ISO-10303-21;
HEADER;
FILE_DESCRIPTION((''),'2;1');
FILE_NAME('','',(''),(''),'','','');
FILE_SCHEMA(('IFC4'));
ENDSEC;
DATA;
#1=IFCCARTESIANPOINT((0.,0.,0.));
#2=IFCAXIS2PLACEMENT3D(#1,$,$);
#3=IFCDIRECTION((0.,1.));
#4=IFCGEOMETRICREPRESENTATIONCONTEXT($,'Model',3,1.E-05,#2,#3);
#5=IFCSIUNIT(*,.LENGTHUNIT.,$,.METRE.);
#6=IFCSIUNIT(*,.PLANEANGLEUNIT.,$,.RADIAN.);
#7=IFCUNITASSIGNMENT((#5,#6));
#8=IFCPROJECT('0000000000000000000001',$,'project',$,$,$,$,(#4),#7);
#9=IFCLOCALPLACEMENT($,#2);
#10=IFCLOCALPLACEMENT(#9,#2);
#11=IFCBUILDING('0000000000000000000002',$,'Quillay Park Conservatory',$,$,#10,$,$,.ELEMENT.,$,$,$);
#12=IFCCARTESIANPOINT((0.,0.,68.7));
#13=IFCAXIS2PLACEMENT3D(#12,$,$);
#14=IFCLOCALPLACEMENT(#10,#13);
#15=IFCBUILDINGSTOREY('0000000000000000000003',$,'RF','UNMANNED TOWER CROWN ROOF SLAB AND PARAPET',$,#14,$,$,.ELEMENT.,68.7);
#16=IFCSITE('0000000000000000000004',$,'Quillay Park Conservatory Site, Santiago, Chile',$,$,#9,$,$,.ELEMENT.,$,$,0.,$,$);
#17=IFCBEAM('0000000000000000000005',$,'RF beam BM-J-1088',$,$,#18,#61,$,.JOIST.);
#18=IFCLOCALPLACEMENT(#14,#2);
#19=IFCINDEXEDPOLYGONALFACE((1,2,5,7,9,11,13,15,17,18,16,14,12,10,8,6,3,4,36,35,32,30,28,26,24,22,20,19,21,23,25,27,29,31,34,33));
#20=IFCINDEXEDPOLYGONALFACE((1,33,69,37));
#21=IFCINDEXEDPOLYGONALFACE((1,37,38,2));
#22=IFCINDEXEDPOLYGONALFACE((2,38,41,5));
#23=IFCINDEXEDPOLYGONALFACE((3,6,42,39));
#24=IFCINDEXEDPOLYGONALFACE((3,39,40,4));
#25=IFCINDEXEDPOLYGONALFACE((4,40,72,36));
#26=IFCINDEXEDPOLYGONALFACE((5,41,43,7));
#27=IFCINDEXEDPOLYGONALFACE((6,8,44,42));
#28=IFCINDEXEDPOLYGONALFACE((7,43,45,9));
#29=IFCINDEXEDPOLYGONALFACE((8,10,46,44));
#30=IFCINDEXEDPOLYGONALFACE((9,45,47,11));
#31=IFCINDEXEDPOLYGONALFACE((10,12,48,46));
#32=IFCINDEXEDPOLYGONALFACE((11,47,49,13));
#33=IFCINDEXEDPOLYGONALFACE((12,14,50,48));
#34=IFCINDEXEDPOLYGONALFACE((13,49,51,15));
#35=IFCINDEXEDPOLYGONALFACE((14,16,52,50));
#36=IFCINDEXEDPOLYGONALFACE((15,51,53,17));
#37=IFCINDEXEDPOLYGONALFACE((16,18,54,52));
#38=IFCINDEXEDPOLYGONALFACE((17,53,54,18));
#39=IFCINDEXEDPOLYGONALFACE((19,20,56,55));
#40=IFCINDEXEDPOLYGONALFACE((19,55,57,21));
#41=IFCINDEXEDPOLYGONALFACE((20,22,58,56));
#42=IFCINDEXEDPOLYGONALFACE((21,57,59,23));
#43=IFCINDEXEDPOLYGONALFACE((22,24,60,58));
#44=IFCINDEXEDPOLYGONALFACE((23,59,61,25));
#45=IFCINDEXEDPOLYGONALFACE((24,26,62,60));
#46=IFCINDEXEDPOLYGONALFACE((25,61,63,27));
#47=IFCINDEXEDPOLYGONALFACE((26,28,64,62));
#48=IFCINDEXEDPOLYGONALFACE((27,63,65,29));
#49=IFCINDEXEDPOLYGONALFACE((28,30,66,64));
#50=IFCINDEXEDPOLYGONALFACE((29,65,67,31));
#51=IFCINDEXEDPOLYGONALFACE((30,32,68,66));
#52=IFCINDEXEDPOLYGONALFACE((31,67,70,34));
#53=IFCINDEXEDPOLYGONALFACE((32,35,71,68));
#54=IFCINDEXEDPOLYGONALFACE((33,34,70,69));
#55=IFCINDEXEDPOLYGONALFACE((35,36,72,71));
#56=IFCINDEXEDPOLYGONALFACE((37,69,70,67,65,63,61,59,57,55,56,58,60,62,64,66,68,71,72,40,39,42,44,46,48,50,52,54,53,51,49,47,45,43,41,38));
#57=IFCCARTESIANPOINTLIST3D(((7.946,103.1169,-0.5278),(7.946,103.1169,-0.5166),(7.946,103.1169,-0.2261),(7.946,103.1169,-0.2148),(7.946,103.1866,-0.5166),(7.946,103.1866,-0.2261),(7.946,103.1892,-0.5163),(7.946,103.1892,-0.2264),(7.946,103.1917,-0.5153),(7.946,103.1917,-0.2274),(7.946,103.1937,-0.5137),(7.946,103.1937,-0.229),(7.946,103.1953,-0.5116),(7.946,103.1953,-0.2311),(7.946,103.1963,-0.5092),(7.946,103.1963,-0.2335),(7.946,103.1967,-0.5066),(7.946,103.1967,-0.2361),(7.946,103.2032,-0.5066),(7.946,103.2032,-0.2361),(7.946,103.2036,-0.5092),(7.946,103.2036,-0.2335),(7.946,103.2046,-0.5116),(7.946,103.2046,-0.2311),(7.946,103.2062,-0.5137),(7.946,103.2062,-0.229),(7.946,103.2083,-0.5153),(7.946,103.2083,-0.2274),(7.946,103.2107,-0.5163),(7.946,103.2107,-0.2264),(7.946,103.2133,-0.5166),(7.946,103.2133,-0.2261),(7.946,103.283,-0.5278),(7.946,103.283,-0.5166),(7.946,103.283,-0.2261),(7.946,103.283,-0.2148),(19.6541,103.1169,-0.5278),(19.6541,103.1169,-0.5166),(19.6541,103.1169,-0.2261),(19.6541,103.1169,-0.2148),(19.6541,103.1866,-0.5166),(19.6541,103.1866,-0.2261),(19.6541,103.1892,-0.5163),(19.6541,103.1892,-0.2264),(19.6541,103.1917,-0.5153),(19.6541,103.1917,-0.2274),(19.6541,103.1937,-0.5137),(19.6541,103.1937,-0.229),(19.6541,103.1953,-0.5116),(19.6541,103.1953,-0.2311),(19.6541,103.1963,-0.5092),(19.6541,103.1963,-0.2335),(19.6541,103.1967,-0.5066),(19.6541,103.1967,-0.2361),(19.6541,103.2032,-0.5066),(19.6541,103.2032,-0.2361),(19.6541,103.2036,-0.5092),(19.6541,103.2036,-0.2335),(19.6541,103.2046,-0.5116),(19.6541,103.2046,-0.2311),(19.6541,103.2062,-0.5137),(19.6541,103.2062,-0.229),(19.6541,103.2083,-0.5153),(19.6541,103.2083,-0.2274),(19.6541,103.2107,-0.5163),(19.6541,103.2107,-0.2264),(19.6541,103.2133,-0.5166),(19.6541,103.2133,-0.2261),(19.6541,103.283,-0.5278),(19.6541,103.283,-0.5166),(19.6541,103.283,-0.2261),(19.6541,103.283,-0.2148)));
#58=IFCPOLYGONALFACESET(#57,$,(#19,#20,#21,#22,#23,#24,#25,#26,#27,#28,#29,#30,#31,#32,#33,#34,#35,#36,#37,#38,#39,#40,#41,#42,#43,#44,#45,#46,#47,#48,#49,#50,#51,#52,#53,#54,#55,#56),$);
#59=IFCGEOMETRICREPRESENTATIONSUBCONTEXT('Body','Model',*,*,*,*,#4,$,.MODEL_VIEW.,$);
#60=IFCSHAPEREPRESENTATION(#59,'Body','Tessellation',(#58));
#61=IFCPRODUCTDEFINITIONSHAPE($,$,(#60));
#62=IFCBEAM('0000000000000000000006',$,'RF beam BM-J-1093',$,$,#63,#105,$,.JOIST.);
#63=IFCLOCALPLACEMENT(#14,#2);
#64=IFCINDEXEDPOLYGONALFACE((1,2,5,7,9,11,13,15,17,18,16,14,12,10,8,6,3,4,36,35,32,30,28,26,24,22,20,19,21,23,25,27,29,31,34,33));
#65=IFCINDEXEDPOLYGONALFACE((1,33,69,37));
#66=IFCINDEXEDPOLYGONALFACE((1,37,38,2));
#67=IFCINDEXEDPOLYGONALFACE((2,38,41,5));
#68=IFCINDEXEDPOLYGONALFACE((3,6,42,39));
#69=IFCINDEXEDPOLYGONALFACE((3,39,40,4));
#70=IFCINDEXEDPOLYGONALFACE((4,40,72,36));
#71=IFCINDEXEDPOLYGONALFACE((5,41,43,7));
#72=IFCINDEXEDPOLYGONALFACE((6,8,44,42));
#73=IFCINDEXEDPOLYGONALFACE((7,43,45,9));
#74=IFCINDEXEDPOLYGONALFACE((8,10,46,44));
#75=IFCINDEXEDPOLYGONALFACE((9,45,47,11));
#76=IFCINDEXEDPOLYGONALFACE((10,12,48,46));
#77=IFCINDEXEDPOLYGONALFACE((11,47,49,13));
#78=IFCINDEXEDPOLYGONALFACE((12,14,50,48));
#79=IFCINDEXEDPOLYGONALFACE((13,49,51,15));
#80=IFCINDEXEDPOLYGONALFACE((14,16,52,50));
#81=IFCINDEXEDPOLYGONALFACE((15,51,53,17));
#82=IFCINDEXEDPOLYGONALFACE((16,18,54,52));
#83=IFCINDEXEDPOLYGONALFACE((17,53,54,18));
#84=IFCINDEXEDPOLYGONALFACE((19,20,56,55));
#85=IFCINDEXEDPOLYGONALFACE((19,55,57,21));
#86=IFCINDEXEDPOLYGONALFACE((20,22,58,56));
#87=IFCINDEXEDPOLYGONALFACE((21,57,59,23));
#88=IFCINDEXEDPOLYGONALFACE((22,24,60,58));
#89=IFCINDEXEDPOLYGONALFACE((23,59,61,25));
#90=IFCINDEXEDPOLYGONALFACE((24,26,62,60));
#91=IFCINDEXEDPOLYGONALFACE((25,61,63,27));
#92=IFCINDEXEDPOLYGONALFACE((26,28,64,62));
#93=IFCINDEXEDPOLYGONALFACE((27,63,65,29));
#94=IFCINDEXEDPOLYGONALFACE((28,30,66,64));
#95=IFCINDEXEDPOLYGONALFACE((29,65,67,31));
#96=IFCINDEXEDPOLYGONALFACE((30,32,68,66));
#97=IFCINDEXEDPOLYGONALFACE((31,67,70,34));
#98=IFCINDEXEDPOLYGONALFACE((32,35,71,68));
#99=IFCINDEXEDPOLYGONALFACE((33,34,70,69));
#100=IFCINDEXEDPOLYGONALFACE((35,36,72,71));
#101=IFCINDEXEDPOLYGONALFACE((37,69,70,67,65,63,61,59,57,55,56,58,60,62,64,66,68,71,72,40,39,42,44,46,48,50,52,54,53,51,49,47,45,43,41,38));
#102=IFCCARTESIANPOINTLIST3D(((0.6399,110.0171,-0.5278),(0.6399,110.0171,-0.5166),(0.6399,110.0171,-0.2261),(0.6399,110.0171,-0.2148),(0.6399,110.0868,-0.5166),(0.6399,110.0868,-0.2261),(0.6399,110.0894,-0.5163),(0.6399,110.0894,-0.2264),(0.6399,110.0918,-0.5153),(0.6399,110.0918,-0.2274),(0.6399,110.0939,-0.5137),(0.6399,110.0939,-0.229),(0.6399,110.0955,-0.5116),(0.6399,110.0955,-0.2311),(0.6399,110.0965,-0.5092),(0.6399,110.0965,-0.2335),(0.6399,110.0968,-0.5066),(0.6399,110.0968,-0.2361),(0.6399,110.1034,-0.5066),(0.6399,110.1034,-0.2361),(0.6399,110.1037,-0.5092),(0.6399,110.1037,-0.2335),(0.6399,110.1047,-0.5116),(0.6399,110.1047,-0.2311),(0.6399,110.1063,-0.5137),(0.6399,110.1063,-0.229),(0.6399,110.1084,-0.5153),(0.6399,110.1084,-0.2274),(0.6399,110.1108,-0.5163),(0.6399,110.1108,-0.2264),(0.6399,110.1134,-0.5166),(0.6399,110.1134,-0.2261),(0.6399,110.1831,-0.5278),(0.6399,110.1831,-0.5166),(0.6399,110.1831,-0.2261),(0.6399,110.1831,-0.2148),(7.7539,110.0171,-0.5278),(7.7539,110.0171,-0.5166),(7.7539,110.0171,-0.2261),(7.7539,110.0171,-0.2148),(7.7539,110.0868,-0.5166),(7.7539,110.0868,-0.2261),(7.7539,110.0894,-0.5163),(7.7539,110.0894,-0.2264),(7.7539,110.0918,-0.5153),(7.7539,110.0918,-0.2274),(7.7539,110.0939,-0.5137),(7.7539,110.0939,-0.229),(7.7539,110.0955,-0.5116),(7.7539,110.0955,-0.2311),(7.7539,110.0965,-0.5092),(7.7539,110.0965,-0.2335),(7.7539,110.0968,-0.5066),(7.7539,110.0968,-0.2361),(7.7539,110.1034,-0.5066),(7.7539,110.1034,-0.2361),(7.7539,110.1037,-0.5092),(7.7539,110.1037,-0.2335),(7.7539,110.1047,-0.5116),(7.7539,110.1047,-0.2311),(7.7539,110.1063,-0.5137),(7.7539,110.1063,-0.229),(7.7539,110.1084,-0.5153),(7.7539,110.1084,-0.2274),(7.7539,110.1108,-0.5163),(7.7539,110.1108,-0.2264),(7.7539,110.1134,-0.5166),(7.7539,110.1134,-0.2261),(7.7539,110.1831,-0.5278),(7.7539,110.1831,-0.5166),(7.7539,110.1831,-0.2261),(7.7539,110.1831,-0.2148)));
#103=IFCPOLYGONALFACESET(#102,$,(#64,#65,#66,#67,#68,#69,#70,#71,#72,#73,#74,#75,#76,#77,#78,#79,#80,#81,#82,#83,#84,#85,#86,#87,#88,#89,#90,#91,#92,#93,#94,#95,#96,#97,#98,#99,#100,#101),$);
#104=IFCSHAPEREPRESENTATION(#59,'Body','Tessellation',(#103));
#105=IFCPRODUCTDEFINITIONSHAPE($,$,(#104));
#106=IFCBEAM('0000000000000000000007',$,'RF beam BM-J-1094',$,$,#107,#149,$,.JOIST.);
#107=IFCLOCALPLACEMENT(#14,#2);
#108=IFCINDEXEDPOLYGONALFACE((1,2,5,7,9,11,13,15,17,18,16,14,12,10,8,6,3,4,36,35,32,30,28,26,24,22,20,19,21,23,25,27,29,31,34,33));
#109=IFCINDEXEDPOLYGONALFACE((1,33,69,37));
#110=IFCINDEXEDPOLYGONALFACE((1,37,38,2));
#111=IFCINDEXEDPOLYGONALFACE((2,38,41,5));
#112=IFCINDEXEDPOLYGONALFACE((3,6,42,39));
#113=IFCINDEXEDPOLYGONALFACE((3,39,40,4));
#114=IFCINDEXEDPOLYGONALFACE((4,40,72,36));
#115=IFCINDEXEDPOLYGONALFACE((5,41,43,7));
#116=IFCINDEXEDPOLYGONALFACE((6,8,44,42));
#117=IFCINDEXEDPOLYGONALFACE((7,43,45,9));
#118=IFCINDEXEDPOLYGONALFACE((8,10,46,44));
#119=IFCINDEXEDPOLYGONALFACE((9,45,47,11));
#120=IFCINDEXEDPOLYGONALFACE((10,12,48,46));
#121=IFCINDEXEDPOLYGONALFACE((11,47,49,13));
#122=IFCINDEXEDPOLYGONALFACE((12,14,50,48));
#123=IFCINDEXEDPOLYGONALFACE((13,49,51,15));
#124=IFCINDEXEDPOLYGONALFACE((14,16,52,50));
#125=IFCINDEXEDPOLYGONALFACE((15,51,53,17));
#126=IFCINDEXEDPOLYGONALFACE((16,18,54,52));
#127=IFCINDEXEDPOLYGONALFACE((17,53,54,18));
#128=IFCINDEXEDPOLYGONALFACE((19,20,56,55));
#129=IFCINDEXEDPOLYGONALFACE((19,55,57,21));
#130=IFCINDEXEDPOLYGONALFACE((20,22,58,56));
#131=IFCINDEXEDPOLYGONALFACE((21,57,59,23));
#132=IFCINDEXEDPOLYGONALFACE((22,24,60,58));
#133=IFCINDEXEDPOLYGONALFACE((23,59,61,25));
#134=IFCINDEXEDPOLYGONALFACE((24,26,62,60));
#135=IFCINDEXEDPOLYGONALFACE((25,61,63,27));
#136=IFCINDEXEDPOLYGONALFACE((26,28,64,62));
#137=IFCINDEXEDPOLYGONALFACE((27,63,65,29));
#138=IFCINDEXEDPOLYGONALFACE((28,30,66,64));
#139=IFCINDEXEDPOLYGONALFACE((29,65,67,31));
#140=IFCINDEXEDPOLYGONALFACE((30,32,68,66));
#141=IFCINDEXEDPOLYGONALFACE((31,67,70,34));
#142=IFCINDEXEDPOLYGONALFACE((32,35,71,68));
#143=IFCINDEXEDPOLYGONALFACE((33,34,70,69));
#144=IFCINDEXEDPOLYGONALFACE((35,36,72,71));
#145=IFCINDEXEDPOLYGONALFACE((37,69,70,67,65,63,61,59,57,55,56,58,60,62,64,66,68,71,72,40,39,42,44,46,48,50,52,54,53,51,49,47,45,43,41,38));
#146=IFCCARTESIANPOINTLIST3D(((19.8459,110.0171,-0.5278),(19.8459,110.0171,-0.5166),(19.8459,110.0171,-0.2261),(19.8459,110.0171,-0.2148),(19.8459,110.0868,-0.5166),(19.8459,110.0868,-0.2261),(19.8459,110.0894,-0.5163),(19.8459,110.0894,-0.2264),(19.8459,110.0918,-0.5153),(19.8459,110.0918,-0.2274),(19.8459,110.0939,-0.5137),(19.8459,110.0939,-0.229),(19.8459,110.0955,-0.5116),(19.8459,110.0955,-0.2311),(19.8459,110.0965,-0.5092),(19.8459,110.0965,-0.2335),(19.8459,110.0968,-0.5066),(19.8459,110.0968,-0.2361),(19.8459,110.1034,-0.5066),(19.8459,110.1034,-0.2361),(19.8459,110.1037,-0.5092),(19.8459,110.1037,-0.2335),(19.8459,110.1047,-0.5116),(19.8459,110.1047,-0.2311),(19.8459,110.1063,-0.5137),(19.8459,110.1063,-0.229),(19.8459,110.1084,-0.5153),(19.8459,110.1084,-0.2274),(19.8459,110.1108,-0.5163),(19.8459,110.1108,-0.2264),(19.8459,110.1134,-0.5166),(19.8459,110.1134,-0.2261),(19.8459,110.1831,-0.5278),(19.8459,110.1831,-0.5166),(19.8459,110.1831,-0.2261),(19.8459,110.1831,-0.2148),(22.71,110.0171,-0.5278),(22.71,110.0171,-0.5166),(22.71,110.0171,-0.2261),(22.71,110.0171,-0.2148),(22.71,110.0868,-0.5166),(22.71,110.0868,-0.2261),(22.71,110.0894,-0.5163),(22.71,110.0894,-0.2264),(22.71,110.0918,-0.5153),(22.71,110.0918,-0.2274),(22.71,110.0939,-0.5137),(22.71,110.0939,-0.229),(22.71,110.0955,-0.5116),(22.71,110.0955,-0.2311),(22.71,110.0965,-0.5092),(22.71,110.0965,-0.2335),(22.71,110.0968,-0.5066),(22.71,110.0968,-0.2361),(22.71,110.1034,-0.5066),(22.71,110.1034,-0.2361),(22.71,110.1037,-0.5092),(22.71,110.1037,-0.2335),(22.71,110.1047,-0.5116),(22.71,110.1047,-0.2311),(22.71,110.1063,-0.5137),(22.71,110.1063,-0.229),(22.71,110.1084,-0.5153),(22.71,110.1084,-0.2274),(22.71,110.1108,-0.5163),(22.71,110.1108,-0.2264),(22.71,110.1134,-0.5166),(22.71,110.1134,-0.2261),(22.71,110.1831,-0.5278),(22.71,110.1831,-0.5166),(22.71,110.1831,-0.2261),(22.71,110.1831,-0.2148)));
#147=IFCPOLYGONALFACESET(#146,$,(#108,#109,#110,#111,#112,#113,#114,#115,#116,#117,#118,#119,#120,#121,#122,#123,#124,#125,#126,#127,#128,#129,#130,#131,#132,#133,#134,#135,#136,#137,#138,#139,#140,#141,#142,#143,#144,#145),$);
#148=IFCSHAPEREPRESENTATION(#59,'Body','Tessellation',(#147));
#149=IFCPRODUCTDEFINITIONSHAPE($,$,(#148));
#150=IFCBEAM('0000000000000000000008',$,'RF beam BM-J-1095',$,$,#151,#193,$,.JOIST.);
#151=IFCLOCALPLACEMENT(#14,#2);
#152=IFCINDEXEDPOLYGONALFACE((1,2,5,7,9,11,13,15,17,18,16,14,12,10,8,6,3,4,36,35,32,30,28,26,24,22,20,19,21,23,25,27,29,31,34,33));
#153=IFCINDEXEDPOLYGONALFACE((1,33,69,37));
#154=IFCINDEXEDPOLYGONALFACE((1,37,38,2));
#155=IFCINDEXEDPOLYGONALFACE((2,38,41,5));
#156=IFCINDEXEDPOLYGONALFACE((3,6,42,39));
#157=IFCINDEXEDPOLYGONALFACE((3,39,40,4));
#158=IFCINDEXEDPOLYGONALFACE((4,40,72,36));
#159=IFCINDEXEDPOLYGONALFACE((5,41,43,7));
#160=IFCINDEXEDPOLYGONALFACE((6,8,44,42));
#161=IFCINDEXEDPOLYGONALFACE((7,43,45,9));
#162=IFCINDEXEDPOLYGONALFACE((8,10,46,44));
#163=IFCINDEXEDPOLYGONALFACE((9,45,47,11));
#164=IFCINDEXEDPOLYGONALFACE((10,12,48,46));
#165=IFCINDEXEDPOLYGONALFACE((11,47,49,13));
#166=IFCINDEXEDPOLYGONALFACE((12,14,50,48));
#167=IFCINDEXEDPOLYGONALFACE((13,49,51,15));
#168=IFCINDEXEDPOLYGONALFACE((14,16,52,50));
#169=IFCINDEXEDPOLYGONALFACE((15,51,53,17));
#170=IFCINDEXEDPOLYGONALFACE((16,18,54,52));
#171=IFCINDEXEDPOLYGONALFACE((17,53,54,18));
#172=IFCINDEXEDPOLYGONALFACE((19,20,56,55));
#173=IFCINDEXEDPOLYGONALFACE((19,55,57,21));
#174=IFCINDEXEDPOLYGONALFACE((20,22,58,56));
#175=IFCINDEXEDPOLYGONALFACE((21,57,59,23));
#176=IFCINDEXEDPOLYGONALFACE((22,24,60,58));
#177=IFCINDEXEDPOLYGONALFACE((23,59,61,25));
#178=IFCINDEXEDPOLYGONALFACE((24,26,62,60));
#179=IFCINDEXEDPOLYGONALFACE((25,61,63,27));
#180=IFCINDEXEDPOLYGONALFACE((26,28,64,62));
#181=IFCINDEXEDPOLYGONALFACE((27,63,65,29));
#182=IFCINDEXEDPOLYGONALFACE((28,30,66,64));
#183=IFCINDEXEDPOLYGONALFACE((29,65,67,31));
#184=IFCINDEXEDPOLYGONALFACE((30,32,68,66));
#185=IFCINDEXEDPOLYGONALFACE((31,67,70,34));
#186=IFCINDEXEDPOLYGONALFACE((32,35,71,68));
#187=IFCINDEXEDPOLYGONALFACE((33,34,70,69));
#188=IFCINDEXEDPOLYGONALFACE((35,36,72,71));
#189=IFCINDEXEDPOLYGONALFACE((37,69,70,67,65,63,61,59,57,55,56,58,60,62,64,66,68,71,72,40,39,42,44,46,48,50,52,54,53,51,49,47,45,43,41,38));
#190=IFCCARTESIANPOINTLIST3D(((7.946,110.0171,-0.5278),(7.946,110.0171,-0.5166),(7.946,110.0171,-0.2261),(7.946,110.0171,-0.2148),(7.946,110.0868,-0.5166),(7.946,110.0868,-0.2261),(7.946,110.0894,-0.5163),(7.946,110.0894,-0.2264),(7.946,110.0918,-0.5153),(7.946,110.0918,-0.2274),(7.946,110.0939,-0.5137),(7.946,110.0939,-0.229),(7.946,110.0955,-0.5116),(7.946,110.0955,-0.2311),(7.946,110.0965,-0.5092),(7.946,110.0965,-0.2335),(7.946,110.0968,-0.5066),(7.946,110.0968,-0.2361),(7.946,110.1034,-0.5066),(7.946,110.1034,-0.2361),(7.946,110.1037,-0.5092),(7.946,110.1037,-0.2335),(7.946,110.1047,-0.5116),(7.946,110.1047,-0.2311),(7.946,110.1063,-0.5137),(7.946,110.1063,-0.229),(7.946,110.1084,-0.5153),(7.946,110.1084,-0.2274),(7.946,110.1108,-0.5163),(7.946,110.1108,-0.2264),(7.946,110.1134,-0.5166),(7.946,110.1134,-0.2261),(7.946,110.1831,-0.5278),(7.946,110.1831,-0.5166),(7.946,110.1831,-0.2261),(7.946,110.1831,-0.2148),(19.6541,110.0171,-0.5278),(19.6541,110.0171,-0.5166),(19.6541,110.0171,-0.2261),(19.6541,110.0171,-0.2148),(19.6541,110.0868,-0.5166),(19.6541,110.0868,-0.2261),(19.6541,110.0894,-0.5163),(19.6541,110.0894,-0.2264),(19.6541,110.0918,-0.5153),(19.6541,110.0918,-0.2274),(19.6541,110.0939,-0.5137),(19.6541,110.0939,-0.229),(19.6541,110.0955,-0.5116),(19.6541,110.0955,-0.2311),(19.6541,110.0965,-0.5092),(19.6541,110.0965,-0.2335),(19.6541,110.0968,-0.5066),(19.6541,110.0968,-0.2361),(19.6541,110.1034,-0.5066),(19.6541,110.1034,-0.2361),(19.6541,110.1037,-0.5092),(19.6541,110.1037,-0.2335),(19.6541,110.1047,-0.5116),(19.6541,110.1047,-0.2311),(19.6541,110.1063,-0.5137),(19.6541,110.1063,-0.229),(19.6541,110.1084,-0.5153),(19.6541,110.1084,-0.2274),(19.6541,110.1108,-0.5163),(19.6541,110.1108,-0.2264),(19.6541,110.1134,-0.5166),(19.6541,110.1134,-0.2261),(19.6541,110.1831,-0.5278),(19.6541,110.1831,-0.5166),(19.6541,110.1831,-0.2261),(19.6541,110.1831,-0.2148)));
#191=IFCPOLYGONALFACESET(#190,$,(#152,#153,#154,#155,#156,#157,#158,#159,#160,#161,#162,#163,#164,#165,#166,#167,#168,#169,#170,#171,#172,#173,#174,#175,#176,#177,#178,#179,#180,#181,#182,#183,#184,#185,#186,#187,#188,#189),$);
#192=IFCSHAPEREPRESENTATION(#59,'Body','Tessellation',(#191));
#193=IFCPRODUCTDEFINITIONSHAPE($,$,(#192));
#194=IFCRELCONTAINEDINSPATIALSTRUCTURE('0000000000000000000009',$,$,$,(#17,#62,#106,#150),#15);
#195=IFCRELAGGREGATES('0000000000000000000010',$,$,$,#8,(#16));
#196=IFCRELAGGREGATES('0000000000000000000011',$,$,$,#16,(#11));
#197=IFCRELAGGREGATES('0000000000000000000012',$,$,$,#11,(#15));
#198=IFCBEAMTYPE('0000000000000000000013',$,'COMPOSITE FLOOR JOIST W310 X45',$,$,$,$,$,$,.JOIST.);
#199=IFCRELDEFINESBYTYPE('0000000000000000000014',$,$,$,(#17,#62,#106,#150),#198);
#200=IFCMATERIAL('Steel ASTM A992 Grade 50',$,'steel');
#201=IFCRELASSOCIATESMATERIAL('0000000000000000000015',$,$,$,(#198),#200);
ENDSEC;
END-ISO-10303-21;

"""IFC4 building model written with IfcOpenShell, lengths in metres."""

from ifc_helpers import new_model, si_unit, direction, frame, origin, origin_2d, place, context, subcontext, project, spatial, i_section, extrude, material, material_profile, profile_set, type_object, element, save


model = new_model("IFC4")

# Units and contexts
model_context = context("Model", 3, precision=1e-05, world=origin(), true_north=direction((0.0, 1.0)))
body_context = subcontext(model_context, "Body", "Model", "MODEL_VIEW")
ifc_project = project(units=[si_unit("LENGTHUNIT", "METRE"), si_unit("PLANEANGLEUNIT", "RADIAN")], contexts=[model_context])

# Site, building, storey
site_placement = place(None, origin())
site = spatial("IfcSite", under=ifc_project, at=site_placement, Name="Quillay Park Conservatory Site, Santiago, Chile", CompositionType="ELEMENT", RefElevation=0.0)
building_placement = place(site_placement, origin())
building = spatial("IfcBuilding", under=site, at=building_placement, Name="Quillay Park Conservatory", CompositionType="ELEMENT")
storey_placement = place(building_placement, frame((0.0, 0.0, 68.7)))
storey = spatial("IfcBuildingStorey", under=building, at=storey_placement, Name="RF", Description="UNMANNED TOWER CROWN ROOF SLAB AND PARAPET", CompositionType="ELEMENT", Elevation=68.7)

# Beams
ifc_material_1 = material(Name="Steel ASTM A992 Grade 50", Category="steel")
ifc_material_profile_1 = material_profile(ifc_material_1, i_section(OverallWidth=0.166, OverallDepth=0.313, WebThickness=0.0066, FlangeThickness=0.0112, FilletRadius=0.01, at=origin_2d()), Name="W310x45")
ifc_profile_set_1 = profile_set([ifc_material_profile_1], Name="Steel ASTM A992 Grade 50")
beam_type_1 = type_object("IfcBeamType", Name="COMPOSITE FLOOR JOIST W310 X45", PredefinedType="JOIST", material=ifc_profile_set_1)
beam_1_placement = place(storey_placement, frame((7.946, 103.2, -0.3713), z_axis=(1.0, 0.0, 0.0), x_axis=(0.0, 1.0, 0.0)))
element("IfcBeam", 1, at=beam_1_placement, inside=storey, type_object=beam_type_1, Name="RF beam BM-J-1088", PredefinedType="JOIST", context=body_context, shape_type="SweptSolid", body=[
    extrude(i_section(OverallWidth=0.166, OverallDepth=0.313, WebThickness=0.0066, FlangeThickness=0.0112, FilletRadius=0.01, at=origin_2d()), origin(), (0.0, 0.0, 1.0), 11.708),
])
beam_2_placement = place(storey_placement, frame((0.6399, 110.1001, -0.3713), z_axis=(1.0, 0.0, 0.0), x_axis=(0.0, 1.0, 0.0)))
element("IfcBeam", 2, at=beam_2_placement, inside=storey, type_object=beam_type_1, Name="RF beam BM-J-1093", PredefinedType="JOIST", context=body_context, shape_type="SweptSolid", body=[
    extrude(i_section(OverallWidth=0.166, OverallDepth=0.313, WebThickness=0.0066, FlangeThickness=0.0112, FilletRadius=0.01, at=origin_2d()), origin(), (0.0, 0.0, 1.0), 7.114),
])
beam_3_placement = place(storey_placement, frame((19.8459, 110.1001, -0.3713), z_axis=(1.0, 0.0, 0.0), x_axis=(0.0, 1.0, 0.0)))
element("IfcBeam", 3, at=beam_3_placement, inside=storey, type_object=beam_type_1, Name="RF beam BM-J-1094", PredefinedType="JOIST", context=body_context, shape_type="SweptSolid", body=[
    extrude(i_section(OverallWidth=0.166, OverallDepth=0.313, WebThickness=0.0066, FlangeThickness=0.0112, FilletRadius=0.01, at=origin_2d()), origin(), (0.0, 0.0, 1.0), 2.864),
])
beam_4_placement = place(storey_placement, frame((7.946, 110.1001, -0.3713), z_axis=(1.0, 0.0, 0.0), x_axis=(0.0, 1.0, 0.0)))
element("IfcBeam", 4, at=beam_4_placement, inside=storey, type_object=beam_type_1, Name="RF beam BM-J-1095", PredefinedType="JOIST", context=body_context, shape_type="SweptSolid", body=[
    extrude(i_section(OverallWidth=0.166, OverallDepth=0.313, WebThickness=0.0066, FlangeThickness=0.0112, FilletRadius=0.01, at=origin_2d()), origin(), (0.0, 0.0, 1.0), 11.708),
])

save(model, "model.ifc")
